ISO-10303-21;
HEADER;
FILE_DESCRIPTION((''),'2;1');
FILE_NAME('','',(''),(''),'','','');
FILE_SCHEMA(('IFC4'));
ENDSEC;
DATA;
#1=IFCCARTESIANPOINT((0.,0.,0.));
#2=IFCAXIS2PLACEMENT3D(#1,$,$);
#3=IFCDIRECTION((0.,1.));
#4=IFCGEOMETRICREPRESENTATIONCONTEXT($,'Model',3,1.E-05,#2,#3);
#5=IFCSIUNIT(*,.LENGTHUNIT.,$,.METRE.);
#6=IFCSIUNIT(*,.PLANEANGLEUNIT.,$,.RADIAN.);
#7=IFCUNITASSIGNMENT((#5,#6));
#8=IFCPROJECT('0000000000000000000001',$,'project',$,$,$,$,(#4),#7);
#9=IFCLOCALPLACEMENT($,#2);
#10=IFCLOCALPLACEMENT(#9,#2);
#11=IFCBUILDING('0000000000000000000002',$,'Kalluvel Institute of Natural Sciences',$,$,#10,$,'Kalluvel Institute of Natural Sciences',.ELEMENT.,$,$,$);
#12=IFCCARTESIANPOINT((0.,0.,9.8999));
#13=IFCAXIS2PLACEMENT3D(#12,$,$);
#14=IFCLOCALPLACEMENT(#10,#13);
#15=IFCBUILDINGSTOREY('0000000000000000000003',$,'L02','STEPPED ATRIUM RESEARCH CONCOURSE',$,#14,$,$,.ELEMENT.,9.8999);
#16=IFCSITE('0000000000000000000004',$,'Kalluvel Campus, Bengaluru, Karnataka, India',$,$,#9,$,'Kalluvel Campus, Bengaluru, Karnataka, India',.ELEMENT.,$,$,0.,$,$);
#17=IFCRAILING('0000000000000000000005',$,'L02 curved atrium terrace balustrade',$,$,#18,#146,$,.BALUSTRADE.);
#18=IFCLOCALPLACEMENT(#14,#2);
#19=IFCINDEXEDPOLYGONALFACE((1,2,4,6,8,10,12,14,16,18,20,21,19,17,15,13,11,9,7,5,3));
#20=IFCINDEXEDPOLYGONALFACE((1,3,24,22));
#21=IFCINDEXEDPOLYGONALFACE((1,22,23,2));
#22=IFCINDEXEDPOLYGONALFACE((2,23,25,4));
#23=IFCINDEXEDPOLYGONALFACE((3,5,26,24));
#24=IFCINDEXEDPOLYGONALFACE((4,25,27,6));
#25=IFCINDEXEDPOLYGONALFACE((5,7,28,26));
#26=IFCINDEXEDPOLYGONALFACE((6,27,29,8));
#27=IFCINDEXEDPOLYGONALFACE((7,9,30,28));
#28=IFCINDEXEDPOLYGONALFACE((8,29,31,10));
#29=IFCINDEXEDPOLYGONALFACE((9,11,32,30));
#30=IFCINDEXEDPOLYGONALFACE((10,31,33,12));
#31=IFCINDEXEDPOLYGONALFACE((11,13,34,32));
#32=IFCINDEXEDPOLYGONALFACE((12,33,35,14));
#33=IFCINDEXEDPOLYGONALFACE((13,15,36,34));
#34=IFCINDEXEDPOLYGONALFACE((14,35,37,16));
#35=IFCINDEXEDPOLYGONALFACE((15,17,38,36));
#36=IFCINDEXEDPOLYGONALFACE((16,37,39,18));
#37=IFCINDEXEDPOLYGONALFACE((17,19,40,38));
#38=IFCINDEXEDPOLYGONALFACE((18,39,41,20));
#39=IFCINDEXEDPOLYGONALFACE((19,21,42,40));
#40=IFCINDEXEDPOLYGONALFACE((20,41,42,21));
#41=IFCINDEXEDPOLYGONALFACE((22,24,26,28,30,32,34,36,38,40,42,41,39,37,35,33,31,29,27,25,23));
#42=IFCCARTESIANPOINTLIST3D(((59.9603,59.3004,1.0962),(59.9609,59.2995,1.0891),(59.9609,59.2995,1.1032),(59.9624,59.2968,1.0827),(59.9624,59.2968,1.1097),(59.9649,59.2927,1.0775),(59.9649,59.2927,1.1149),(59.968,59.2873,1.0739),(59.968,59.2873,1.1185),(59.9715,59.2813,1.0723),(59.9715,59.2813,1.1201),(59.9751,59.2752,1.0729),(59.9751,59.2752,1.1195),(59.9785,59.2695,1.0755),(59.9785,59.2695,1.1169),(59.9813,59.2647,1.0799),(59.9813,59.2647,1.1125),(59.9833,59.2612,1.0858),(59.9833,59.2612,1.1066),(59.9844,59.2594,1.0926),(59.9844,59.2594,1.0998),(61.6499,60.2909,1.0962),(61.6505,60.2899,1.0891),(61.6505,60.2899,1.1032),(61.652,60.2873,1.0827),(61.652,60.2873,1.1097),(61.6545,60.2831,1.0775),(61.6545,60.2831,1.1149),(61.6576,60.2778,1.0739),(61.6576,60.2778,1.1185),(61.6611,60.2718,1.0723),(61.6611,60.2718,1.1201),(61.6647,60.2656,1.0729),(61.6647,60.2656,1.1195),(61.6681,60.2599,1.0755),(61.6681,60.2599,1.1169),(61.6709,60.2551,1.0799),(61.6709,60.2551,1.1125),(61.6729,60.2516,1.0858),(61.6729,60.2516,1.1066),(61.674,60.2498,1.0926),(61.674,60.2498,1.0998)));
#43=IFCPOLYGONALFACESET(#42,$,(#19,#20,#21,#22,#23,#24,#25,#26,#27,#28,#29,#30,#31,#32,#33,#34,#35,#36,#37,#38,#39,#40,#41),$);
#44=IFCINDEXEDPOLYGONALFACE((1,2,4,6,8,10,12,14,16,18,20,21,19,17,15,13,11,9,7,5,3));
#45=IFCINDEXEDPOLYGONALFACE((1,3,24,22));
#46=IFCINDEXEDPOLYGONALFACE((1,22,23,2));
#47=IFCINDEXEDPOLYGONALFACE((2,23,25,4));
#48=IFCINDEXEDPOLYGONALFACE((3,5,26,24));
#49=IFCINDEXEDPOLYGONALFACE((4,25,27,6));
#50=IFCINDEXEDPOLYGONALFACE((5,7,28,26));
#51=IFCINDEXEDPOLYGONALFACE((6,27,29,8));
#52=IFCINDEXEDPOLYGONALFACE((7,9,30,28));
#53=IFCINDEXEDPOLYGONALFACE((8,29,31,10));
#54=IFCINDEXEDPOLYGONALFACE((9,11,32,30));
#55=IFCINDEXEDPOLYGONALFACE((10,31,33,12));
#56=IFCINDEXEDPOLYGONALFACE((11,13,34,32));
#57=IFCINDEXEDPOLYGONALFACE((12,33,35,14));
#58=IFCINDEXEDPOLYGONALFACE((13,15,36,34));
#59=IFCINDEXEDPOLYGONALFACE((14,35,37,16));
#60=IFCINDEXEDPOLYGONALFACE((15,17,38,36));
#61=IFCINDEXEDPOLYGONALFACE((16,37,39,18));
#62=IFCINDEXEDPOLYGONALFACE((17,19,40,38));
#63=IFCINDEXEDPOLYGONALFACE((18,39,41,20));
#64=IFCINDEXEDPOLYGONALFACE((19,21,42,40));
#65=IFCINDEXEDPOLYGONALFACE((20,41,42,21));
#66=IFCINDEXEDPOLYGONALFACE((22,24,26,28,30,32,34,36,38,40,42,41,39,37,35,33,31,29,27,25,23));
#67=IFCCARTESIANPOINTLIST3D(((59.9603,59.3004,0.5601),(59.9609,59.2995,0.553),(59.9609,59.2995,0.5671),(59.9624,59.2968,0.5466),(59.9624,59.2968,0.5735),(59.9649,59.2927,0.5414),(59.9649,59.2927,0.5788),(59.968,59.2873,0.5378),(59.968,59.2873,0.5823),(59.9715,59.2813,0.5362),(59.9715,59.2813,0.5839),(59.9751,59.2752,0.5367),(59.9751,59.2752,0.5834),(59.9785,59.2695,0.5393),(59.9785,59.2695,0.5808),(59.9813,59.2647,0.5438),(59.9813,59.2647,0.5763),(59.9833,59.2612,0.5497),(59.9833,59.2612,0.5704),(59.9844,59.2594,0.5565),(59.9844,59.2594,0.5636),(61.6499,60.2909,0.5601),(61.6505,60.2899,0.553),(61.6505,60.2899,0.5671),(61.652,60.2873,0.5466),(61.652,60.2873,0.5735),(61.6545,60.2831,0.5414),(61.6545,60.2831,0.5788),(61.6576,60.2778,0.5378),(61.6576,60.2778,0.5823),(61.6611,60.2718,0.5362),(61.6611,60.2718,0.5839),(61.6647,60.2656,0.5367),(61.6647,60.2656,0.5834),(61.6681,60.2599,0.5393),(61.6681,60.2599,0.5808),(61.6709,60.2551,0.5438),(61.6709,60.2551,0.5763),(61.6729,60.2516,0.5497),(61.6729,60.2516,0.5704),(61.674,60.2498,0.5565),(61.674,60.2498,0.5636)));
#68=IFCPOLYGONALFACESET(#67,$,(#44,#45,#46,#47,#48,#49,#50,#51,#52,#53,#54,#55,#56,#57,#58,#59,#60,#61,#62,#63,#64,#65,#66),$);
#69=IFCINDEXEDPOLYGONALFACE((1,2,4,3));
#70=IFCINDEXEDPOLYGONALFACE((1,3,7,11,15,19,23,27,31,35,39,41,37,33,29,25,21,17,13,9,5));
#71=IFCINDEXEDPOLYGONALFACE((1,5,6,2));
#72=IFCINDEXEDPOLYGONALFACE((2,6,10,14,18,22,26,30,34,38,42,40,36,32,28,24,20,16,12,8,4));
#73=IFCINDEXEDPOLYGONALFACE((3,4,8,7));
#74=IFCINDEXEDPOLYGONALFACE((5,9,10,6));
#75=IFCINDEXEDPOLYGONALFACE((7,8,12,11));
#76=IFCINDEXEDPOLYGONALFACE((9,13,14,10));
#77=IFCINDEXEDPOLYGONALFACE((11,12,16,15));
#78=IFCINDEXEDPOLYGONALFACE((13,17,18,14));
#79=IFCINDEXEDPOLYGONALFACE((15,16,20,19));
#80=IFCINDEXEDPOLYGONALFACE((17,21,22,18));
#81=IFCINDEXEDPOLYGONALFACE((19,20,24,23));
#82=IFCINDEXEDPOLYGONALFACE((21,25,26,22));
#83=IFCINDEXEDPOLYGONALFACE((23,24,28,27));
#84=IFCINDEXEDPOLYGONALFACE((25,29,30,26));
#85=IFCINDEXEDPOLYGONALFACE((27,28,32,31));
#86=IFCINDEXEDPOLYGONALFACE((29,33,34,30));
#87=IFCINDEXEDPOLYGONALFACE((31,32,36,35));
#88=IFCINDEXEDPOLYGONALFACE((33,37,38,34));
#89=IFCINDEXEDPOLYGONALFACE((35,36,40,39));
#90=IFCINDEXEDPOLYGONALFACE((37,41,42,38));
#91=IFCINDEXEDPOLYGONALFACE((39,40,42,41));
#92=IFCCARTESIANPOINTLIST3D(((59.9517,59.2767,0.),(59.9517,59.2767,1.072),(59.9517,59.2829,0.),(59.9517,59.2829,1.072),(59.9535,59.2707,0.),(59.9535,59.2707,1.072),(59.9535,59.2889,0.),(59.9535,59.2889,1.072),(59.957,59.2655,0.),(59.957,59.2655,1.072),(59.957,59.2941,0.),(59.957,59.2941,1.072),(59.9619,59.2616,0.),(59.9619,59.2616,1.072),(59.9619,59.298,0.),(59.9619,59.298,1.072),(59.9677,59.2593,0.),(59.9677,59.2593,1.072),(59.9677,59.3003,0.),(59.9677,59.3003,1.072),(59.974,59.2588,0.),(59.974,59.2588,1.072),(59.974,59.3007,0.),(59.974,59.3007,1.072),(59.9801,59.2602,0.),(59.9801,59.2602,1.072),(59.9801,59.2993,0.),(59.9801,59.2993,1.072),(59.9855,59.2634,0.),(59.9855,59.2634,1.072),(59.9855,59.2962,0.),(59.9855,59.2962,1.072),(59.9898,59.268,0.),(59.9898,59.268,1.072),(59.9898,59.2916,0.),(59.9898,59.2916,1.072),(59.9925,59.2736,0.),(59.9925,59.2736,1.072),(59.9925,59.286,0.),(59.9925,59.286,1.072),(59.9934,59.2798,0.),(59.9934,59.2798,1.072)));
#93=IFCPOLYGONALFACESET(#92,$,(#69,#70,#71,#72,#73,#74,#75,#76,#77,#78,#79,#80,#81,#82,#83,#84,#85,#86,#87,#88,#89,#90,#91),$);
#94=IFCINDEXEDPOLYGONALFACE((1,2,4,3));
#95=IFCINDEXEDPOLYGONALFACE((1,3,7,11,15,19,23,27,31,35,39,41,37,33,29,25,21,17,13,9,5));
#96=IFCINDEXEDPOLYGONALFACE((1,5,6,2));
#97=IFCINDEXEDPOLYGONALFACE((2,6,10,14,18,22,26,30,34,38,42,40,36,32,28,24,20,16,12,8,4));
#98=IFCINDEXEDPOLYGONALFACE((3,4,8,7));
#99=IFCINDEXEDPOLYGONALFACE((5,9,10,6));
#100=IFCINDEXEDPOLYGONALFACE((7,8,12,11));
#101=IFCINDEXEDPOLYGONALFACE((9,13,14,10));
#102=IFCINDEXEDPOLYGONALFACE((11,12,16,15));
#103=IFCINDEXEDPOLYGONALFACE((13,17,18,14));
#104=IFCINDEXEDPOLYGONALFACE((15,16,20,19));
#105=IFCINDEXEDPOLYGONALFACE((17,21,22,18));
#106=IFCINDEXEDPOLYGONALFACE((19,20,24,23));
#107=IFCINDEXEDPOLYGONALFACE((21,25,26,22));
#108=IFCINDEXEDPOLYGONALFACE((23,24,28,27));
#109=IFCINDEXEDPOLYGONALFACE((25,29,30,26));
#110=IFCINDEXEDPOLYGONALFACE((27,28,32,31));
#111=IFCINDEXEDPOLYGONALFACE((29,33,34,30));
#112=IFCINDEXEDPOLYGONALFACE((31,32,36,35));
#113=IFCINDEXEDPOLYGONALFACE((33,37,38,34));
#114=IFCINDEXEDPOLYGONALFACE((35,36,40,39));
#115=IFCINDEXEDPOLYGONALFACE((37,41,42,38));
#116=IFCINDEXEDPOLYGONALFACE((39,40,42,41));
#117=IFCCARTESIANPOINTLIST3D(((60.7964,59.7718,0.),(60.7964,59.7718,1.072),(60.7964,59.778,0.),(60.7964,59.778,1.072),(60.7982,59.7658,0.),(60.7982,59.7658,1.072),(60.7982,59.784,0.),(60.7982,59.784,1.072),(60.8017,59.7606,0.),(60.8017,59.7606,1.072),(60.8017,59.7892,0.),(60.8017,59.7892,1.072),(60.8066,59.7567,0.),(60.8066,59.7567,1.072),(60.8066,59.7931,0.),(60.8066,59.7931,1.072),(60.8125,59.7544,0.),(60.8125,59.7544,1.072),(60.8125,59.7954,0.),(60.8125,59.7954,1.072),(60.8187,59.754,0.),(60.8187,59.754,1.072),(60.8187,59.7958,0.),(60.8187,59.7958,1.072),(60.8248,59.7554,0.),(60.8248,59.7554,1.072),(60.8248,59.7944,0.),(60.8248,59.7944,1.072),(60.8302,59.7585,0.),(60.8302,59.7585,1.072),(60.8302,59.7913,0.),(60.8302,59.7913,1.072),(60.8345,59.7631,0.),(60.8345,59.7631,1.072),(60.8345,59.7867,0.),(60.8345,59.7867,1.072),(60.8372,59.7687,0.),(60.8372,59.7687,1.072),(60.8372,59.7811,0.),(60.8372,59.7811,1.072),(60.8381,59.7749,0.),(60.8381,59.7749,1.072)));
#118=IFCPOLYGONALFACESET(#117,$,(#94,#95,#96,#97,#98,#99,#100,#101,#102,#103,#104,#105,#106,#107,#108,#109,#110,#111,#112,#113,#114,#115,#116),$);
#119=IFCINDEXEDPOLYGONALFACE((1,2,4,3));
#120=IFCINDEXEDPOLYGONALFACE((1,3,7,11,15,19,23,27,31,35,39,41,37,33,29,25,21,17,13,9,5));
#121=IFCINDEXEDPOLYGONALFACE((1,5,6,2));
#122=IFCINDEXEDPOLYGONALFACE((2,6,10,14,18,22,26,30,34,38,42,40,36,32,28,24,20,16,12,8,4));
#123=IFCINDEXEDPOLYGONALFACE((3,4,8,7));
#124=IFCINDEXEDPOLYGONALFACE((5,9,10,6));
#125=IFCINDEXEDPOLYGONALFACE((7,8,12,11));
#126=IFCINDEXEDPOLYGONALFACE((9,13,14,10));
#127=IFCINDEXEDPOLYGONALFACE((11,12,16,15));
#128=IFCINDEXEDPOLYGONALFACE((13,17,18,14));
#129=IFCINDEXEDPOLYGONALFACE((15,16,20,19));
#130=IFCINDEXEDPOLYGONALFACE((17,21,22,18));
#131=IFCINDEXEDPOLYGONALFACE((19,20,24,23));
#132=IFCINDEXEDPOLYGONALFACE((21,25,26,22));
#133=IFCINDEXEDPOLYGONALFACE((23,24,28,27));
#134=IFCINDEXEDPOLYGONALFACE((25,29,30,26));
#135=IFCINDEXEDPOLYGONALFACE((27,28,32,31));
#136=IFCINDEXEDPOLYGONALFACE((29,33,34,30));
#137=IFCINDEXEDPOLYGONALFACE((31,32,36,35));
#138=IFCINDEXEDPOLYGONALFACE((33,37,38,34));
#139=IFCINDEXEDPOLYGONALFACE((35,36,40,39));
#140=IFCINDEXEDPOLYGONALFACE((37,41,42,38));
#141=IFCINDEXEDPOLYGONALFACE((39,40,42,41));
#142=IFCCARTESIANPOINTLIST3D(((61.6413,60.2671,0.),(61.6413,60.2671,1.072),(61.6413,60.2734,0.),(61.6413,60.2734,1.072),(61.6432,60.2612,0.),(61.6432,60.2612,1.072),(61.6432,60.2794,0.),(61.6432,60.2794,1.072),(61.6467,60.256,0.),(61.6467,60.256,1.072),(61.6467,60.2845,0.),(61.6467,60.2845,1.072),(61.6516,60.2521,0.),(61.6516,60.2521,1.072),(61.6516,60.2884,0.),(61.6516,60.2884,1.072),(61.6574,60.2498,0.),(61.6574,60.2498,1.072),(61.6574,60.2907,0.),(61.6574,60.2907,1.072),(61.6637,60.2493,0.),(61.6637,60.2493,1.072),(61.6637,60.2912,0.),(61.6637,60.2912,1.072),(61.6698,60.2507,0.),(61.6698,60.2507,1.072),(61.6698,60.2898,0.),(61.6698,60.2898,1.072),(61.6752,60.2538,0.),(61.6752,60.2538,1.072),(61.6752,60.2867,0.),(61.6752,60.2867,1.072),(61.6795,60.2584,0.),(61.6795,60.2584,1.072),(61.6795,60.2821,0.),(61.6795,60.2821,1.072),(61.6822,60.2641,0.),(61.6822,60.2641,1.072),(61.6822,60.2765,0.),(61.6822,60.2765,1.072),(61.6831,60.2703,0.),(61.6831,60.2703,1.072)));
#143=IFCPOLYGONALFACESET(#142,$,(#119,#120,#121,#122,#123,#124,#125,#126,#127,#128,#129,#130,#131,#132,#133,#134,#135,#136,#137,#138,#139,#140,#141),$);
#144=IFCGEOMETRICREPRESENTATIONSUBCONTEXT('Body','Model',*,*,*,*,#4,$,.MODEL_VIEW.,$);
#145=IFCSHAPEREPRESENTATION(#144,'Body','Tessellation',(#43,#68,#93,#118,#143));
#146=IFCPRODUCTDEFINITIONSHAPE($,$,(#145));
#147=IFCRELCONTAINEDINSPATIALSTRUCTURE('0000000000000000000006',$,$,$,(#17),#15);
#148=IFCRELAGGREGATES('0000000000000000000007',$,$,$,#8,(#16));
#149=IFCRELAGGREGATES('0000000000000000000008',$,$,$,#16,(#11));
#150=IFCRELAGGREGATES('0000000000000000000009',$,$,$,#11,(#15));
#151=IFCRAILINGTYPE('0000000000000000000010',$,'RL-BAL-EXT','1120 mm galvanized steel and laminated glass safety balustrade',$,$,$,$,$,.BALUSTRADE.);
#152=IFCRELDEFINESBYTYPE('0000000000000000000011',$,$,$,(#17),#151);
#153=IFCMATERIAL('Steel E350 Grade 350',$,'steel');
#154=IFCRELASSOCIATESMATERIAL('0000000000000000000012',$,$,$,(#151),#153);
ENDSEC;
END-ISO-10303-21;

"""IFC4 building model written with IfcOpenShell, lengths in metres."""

from ifc_helpers import new_model, si_unit, direction, frame, origin, origin_2d, place, context, subcontext, project, spatial, circle, extrude, material, type_object, element, save


model = new_model("IFC4")

# Units and contexts
model_context = context("Model", 3, precision=1e-05, world=origin(), true_north=direction((0.0, 1.0)))
body_context = subcontext(model_context, "Body", "Model", "MODEL_VIEW")
ifc_project = project(units=[si_unit("LENGTHUNIT", "METRE"), si_unit("PLANEANGLEUNIT", "RADIAN")], contexts=[model_context])

# Site, building, storey
site_placement = place(None, origin())
site = spatial("IfcSite", under=ifc_project, at=site_placement, Name="Kalluvel Campus, Bengaluru, Karnataka, India", LongName="Kalluvel Campus, Bengaluru, Karnataka, India", CompositionType="ELEMENT", RefElevation=0.0)
building_placement = place(site_placement, origin())
building = spatial("IfcBuilding", under=site, at=building_placement, Name="Kalluvel Institute of Natural Sciences", LongName="Kalluvel Institute of Natural Sciences", CompositionType="ELEMENT")
storey_placement = place(building_placement, frame((0.0, 0.0, 9.8999)))
storey = spatial("IfcBuildingStorey", under=building, at=storey_placement, Name="L02", Description="STEPPED ATRIUM RESEARCH CONCOURSE", CompositionType="ELEMENT", Elevation=9.8999)

# Railing
ifc_material_1 = material(Name="Steel E350 Grade 350", Category="steel")
railing_type = type_object("IfcRailingType", Name="RL-BAL-EXT", Description="1120 mm galvanized steel and laminated glass safety balustrade", PredefinedType="BALUSTRADE", material=ifc_material_1)
railing_1_placement = place(storey_placement, frame((59.9724, 59.2798, 0.0)))
element("IfcRailing", 1, at=railing_1_placement, inside=storey, type_object=railing_type, Name="L02 curved atrium terrace balustrade", PredefinedType="BALUSTRADE", context=body_context, shape_type="SweptSolid", body=[
    extrude(circle(Radius=0.0239, at=origin_2d()), frame((0.0, 0.0, 1.0962), z_axis=(0.862705, 0.505707, 0.0), x_axis=(-0.505707, 0.862705, 0.0)), (0.0, 0.0, 1.0), 1.9585),
    extrude(circle(Radius=0.0239, at=origin_2d()), frame((0.0, 0.0, 0.5601), z_axis=(0.862705, 0.505707, 0.0), x_axis=(-0.505707, 0.862705, 0.0)), (0.0, 0.0, 1.0), 1.9585),
    extrude(circle(Radius=0.021, at=origin_2d()), origin(), (0.0, 0.0, 1.0), 1.072),
    extrude(circle(Radius=0.021, at=origin_2d()), frame((0.8447, 0.4951, 0.0)), (0.0, 0.0, 1.0), 1.072),
    extrude(circle(Radius=0.021, at=origin_2d()), frame((1.6897, 0.9905, 0.0)), (0.0, 0.0, 1.0), 1.072),
])

save(model, "model.ifc")
